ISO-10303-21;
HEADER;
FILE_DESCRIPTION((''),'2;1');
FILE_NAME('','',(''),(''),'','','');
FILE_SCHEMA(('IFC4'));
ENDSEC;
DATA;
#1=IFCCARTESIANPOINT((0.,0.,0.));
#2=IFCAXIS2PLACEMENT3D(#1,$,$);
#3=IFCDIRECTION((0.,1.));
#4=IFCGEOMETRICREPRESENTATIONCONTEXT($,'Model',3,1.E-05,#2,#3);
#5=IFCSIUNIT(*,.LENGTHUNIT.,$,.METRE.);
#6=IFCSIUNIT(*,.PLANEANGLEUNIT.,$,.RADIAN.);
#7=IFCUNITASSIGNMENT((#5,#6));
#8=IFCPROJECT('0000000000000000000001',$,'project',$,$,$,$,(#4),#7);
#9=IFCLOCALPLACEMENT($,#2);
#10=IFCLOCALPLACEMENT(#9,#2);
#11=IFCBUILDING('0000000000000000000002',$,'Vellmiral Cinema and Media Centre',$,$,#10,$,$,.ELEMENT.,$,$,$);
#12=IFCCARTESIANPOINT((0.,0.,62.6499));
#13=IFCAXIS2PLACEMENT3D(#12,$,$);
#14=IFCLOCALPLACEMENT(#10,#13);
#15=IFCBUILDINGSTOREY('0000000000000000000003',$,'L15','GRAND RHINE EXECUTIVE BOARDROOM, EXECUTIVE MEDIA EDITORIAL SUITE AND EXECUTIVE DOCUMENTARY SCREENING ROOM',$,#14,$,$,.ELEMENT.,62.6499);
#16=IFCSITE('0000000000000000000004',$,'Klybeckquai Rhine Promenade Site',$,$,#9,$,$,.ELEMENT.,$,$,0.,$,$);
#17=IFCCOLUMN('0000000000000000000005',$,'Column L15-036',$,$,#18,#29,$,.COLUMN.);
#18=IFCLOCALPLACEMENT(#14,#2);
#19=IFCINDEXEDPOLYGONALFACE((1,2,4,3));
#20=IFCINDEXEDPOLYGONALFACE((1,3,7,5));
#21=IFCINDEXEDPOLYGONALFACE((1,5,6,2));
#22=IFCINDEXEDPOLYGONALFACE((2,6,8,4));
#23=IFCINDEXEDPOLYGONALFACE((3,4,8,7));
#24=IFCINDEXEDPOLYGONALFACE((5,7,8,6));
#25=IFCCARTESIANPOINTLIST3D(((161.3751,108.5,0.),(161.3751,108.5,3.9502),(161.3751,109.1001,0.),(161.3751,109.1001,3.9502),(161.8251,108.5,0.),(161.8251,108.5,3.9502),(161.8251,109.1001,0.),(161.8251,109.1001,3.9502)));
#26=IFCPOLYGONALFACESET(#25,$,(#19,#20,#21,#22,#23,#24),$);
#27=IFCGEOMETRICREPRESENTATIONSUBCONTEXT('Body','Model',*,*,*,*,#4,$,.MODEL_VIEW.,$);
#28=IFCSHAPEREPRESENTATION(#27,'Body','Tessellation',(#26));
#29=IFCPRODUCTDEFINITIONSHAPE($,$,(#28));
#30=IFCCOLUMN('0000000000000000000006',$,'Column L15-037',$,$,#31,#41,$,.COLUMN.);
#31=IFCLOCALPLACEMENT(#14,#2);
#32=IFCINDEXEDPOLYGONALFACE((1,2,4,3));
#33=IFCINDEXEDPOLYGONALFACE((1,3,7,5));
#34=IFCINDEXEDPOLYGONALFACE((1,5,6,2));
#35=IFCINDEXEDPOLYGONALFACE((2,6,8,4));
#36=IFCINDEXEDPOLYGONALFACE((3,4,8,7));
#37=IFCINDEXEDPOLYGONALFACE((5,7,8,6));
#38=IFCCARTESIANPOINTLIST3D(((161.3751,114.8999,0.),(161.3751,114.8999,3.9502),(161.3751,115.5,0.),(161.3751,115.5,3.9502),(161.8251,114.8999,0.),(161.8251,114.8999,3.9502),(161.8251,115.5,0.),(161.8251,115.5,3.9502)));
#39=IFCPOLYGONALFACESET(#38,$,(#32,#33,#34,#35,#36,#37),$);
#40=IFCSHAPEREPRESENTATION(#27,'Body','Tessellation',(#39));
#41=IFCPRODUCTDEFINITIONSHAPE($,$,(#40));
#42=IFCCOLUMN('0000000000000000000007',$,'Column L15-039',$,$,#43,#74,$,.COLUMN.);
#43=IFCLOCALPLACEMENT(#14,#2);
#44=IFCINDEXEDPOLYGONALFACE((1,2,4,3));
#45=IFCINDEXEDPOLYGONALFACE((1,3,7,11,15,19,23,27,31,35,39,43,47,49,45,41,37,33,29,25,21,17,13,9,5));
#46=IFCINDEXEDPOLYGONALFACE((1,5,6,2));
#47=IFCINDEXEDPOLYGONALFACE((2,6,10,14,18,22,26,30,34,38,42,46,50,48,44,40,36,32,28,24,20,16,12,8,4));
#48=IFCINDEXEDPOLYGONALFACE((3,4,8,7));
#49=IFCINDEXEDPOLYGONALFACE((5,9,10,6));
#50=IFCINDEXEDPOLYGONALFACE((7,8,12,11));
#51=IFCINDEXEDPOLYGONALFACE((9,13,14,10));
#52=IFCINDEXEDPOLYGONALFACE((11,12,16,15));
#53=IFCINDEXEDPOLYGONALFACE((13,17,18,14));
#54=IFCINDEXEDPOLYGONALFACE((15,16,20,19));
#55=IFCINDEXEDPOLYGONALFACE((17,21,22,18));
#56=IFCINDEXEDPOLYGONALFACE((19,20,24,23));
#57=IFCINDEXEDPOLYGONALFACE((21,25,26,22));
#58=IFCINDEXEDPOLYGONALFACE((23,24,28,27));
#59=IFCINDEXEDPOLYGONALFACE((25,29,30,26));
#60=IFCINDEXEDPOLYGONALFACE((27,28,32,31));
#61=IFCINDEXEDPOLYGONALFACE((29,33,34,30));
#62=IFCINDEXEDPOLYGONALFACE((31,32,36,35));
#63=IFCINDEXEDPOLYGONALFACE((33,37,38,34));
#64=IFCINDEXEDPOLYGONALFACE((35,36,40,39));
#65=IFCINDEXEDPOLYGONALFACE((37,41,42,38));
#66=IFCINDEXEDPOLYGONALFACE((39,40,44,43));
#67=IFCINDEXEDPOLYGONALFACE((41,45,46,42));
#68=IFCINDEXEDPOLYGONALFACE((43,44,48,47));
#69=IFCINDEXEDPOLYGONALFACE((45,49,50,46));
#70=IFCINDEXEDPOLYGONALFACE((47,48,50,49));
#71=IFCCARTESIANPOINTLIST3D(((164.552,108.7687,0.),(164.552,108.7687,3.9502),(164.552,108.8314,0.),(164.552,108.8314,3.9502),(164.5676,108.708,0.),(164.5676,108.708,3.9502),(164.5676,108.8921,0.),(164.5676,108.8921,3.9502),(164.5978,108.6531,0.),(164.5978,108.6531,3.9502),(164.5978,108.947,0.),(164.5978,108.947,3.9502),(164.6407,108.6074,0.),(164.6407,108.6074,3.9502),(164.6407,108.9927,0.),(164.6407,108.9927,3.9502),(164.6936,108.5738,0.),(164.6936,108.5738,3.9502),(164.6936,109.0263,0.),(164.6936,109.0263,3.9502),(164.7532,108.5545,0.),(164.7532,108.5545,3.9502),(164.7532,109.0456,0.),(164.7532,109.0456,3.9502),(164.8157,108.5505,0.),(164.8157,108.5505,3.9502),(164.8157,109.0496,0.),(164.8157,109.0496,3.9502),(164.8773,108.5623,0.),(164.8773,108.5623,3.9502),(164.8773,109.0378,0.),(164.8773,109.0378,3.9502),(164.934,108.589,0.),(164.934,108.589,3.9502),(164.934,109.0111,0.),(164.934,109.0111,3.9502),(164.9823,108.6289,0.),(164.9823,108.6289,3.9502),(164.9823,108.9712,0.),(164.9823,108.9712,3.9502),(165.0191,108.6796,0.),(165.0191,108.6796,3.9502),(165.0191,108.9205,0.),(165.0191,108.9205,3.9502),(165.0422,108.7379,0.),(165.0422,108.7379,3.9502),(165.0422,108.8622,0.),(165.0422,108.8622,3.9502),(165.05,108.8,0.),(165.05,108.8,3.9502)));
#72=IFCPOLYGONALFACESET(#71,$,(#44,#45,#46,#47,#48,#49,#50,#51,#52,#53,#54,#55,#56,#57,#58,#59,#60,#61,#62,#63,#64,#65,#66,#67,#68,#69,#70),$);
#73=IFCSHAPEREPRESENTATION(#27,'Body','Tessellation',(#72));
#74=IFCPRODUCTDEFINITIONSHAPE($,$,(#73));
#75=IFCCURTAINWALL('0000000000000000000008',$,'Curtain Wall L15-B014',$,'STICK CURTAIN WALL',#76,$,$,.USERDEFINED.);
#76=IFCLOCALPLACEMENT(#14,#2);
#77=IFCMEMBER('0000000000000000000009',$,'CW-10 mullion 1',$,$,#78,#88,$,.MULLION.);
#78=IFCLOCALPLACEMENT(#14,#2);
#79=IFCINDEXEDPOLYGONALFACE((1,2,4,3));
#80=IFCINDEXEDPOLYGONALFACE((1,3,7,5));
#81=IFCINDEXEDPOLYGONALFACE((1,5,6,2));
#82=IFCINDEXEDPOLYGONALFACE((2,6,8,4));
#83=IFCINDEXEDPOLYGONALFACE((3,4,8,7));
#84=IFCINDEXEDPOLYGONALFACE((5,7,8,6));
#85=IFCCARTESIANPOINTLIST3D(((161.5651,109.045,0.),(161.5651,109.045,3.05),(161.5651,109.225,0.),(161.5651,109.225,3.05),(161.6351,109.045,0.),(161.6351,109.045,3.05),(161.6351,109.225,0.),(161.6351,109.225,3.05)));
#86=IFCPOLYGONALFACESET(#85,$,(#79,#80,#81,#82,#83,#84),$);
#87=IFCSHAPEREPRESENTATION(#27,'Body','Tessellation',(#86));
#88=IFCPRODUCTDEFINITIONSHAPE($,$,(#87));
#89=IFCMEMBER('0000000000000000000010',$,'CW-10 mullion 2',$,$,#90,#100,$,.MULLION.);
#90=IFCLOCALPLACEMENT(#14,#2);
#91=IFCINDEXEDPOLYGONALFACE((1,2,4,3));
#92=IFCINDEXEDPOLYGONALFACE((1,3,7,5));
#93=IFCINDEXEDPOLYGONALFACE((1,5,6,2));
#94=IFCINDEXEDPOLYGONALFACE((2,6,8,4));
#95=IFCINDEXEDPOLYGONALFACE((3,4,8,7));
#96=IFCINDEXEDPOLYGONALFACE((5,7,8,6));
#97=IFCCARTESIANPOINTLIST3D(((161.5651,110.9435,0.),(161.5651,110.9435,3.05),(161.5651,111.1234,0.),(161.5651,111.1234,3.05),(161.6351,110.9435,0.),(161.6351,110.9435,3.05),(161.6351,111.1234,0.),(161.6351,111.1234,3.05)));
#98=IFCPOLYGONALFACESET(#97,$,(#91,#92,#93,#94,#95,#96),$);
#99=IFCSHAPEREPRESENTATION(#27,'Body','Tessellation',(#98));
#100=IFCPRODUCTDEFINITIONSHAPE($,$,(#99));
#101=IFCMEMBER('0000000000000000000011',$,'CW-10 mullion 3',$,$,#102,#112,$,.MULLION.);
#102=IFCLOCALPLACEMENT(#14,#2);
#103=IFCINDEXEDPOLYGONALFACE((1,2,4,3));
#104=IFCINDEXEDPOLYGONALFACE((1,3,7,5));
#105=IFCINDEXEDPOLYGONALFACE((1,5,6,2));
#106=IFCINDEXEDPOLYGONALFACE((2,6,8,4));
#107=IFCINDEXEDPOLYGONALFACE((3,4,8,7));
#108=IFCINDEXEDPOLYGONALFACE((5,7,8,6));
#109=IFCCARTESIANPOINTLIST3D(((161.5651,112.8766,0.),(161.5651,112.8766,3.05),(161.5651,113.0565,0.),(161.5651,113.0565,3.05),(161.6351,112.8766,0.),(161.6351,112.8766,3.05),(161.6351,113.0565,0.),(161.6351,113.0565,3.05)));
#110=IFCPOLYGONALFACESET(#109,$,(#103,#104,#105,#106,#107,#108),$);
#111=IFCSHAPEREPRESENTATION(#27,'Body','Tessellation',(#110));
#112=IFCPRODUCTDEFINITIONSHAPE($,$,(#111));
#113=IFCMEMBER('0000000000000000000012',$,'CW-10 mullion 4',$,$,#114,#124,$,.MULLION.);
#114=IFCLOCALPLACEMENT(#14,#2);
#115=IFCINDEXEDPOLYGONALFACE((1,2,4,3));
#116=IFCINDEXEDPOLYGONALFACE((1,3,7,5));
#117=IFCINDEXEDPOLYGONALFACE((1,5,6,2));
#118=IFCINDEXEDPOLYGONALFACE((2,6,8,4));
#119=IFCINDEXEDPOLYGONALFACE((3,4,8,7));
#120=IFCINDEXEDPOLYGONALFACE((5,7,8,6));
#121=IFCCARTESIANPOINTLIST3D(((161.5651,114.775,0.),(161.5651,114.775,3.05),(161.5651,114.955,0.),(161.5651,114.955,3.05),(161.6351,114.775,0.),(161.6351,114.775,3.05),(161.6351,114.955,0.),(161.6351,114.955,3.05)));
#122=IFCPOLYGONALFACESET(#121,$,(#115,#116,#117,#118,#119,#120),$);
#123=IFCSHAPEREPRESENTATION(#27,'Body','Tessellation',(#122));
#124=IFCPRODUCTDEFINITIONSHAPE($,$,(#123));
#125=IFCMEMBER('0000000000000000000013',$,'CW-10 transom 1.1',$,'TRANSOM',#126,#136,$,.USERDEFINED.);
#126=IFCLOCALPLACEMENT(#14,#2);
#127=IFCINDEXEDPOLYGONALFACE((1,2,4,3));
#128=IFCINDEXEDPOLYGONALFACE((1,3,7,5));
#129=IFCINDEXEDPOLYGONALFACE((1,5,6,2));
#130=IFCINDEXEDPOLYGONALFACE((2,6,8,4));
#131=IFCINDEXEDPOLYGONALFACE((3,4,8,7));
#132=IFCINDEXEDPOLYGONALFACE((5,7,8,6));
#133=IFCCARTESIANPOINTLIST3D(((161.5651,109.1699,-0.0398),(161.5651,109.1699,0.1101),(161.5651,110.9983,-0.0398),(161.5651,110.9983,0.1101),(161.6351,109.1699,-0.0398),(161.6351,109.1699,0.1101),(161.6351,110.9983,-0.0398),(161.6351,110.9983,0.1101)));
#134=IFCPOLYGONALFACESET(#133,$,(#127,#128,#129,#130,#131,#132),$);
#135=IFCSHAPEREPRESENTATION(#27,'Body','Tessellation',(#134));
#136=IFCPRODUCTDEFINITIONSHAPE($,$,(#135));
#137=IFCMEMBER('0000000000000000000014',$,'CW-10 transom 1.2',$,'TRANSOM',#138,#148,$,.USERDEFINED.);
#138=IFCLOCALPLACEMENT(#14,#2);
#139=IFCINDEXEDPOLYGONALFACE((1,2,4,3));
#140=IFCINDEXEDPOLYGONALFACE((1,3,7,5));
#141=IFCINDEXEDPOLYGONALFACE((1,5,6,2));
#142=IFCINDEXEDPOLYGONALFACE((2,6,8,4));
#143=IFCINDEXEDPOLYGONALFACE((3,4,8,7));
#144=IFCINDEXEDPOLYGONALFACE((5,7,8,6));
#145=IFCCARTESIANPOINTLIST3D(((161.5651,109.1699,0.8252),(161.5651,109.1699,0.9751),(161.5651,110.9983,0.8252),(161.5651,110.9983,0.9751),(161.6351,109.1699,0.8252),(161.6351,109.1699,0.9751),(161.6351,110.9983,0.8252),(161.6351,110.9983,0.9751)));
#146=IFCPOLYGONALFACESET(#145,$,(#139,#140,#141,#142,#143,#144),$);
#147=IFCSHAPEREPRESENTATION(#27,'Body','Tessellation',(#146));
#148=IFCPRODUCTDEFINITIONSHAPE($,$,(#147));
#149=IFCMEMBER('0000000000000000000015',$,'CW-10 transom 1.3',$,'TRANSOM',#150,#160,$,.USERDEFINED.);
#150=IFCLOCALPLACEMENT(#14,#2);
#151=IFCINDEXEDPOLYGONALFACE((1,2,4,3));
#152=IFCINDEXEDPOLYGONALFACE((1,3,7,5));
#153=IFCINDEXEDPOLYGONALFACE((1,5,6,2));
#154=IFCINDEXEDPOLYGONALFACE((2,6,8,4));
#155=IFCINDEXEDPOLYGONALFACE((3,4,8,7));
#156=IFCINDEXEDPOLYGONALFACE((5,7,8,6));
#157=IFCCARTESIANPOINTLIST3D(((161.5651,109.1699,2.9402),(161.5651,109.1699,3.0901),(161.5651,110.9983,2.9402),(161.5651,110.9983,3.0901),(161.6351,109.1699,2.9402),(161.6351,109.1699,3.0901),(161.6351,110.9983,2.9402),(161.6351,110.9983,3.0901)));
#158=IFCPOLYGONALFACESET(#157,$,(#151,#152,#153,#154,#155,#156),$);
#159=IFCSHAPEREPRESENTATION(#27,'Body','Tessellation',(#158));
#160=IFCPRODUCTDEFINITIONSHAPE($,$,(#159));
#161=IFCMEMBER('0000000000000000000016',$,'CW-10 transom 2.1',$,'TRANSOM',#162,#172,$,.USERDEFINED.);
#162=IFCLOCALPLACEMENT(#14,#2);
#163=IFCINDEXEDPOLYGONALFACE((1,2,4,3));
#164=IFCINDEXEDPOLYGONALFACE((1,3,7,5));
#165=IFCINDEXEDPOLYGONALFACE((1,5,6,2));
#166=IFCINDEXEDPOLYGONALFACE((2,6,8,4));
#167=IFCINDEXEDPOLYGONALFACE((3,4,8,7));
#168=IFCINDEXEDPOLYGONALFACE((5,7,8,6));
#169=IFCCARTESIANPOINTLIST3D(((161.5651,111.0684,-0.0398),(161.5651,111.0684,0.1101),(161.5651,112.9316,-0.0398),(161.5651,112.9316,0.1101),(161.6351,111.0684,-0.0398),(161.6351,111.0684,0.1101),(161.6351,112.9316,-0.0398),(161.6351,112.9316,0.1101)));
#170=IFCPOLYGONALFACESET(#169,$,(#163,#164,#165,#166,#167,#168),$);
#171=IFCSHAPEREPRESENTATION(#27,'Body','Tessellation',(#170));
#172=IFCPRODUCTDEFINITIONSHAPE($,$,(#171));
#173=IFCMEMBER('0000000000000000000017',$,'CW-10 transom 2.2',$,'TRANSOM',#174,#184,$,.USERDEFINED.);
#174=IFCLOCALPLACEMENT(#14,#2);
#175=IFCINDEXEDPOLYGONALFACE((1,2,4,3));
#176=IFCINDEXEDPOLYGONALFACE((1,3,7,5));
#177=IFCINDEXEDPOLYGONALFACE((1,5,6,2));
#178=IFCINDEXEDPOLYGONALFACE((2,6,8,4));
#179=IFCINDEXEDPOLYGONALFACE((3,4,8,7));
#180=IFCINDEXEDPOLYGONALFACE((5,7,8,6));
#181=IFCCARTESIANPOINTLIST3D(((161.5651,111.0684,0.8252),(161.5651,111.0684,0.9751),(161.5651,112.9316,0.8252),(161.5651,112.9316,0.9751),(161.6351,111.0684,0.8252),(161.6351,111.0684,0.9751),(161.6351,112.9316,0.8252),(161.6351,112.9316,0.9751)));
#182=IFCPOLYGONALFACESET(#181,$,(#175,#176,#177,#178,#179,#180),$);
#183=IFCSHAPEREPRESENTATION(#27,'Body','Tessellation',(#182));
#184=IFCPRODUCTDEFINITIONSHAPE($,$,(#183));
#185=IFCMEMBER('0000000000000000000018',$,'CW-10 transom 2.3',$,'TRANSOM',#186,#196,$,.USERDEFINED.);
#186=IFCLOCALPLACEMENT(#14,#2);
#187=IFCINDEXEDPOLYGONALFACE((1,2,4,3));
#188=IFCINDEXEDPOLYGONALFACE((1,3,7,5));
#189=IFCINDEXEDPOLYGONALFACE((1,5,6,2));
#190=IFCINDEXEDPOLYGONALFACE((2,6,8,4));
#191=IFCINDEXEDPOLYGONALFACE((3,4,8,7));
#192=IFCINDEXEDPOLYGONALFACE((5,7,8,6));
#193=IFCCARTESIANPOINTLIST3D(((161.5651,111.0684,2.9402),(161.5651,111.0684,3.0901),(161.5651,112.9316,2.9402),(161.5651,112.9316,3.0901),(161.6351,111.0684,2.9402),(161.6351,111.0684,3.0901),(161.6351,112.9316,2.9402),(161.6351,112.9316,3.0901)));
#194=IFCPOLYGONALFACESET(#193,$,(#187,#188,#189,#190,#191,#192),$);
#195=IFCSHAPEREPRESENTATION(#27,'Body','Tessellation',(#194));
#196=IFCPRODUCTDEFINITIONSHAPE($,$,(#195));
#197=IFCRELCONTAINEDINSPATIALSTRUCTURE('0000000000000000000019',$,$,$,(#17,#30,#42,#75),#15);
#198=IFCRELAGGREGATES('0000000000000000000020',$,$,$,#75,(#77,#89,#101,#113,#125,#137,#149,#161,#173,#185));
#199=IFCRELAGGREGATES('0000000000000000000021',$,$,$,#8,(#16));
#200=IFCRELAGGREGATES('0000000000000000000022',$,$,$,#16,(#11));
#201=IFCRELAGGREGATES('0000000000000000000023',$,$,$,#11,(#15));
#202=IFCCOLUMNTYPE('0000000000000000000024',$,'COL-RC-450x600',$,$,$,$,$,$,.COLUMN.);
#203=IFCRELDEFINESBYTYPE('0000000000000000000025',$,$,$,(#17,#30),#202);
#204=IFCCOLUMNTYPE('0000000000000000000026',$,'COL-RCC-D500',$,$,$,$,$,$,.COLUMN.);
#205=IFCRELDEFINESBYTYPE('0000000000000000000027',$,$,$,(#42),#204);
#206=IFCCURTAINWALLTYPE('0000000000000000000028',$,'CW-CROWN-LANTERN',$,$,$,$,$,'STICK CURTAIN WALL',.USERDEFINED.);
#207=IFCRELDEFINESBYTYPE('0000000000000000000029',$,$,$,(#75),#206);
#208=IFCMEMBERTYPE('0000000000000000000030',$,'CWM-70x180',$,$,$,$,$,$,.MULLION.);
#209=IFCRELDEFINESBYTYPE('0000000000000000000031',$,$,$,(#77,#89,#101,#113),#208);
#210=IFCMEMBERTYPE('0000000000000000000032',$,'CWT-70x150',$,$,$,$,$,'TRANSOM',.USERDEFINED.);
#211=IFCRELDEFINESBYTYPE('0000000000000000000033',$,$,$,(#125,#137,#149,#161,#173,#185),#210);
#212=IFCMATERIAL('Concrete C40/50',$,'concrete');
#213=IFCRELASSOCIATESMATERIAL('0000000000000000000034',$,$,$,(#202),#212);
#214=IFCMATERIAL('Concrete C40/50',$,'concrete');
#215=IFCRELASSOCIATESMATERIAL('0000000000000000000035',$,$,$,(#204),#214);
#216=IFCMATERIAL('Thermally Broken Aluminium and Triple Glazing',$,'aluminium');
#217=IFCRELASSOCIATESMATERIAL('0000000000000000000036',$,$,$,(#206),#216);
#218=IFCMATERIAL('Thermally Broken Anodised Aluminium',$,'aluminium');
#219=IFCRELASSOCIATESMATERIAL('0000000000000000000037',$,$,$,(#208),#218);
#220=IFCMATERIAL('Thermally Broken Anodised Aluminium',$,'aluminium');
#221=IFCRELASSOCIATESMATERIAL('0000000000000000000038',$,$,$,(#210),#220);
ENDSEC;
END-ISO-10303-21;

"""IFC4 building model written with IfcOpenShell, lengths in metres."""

from ifc_helpers import new_model, si_unit, direction, frame, origin, origin_2d, place, context, subcontext, project, spatial, rectangle, circle, extrude, material, material_profile, profile_set, type_object, element, aggregate, save


model = new_model("IFC4")

# Units and contexts
model_context = context("Model", 3, precision=1e-05, world=origin(), true_north=direction((0.0, 1.0)))
body_context = subcontext(model_context, "Body", "Model", "MODEL_VIEW")
ifc_project = project(units=[si_unit("LENGTHUNIT", "METRE"), si_unit("PLANEANGLEUNIT", "RADIAN")], contexts=[model_context])

# Site, building, storey
site_placement = place(None, origin())
site = spatial("IfcSite", under=ifc_project, at=site_placement, Name="Klybeckquai Rhine Promenade Site", CompositionType="ELEMENT", RefElevation=0.0)
building_placement = place(site_placement, origin())
building = spatial("IfcBuilding", under=site, at=building_placement, Name="Vellmiral Cinema and Media Centre", CompositionType="ELEMENT")
storey_placement = place(building_placement, frame((0.0, 0.0, 62.6499)))
storey = spatial("IfcBuildingStorey", under=building, at=storey_placement, Name="L15", Description="GRAND RHINE EXECUTIVE BOARDROOM, EXECUTIVE MEDIA EDITORIAL SUITE AND EXECUTIVE DOCUMENTARY SCREENING ROOM", CompositionType="ELEMENT", Elevation=62.6499)

# Columns
ifc_material_1 = material(Name="Concrete C40/50", Category="concrete")
ifc_material_profile_1 = material_profile(ifc_material_1, rectangle(XDim=0.45, YDim=0.6001, at=origin_2d()), Name="RC 450x600")
ifc_profile_set_1 = profile_set([ifc_material_profile_1], Name="Concrete C40/50")
column_type_1 = type_object("IfcColumnType", Name="COL-RC-450x600", PredefinedType="COLUMN", material=ifc_profile_set_1)
for number, where, z_axis, x_axis, name in (
    (1, (161.6001, 108.8, 0.0), (0.0, 0.0, 1.0), (1.0, 0.0, 0.0), "Column L15-036"),
    (2, (161.6001, 115.2, 0.0), (0.0, 0.0, 1.0), (1.0, 0.0, 0.0), "Column L15-037"),
):
    element("IfcColumn", number, at=place(storey_placement, frame(where, z_axis=z_axis, x_axis=x_axis)), inside=storey, type_object=column_type_1, Name=name, PredefinedType="COLUMN", context=body_context, shape_type="SweptSolid", body=[
        extrude(rectangle(XDim=0.45, YDim=0.6001, at=origin_2d()), origin(), (0.0, 0.0, 1.0), 3.9502),
    ])
ifc_material_2 = material(Name="Concrete C40/50", Category="concrete")
ifc_material_profile_2 = material_profile(ifc_material_2, circle(Radius=0.25, at=origin_2d()), Name="RC D500")
ifc_profile_set_2 = profile_set([ifc_material_profile_2], Name="Concrete C40/50")
column_type_2 = type_object("IfcColumnType", Name="COL-RCC-D500", PredefinedType="COLUMN", material=ifc_profile_set_2)
column_placement = place(storey_placement, frame((164.8, 108.8, 0.0), z_axis=(0.0, 0.0, 1.0), x_axis=(1.0, 0.0, 0.0)))
element("IfcColumn", 3, at=column_placement, inside=storey, type_object=column_type_2, Name="Column L15-039", PredefinedType="COLUMN", context=body_context, shape_type="SweptSolid", body=[
    extrude(circle(Radius=0.25, at=origin_2d()), origin(), (0.0, 0.0, 1.0), 3.9502),
])

# Curtain wall, members
ifc_material_3 = material(Name="Thermally Broken Aluminium and Triple Glazing", Category="aluminium")
curtain_wall_type = type_object("IfcCurtainWallType", Name="CW-CROWN-LANTERN", ElementType="STICK CURTAIN WALL", PredefinedType="USERDEFINED", material=ifc_material_3)
curtain_wall_placement = place(storey_placement, origin())
curtain_wall = element("IfcCurtainWall", 4, at=curtain_wall_placement, inside=storey, type_object=curtain_wall_type, Name="Curtain Wall L15-B014", ObjectType="STICK CURTAIN WALL", PredefinedType="USERDEFINED")
ifc_material_4 = material(Name="Thermally Broken Anodised Aluminium", Category="aluminium")
ifc_material_profile_3 = material_profile(ifc_material_4, rectangle(XDim=0.0701, YDim=0.1799, at=origin_2d()), Name="MULL 70x180")
ifc_profile_set_3 = profile_set([ifc_material_profile_3], Name="Thermally Broken Anodised Aluminium")
member_type_1 = type_object("IfcMemberType", Name="CWM-70x180", PredefinedType="MULLION", material=ifc_profile_set_3)
member_1_placement = place(storey_placement, frame((161.6001, 109.135, 0.0), z_axis=(0.0, 0.0, 1.0), x_axis=(-1.0, 0.0, 0.0)))
member_1 = element("IfcMember", 5, at=member_1_placement, type_object=member_type_1, Name="CW-10 mullion 1", PredefinedType="MULLION", context=body_context, shape_type="SweptSolid", body=[
    extrude(rectangle(XDim=0.0701, YDim=0.1799, at=origin_2d()), origin(), (0.0, 0.0, 1.0), 3.05),
])
member_2_placement = place(storey_placement, frame((161.6001, 111.0334, 0.0), z_axis=(0.0, 0.0, 1.0), x_axis=(-1.0, 0.0, 0.0)))
member_2 = element("IfcMember", 6, at=member_2_placement, type_object=member_type_1, Name="CW-10 mullion 2", PredefinedType="MULLION", context=body_context, shape_type="SweptSolid", body=[
    extrude(rectangle(XDim=0.0701, YDim=0.1799, at=origin_2d()), origin(), (0.0, 0.0, 1.0), 3.05),
])
member_3_placement = place(storey_placement, frame((161.6001, 112.9666, 0.0), z_axis=(0.0, 0.0, 1.0), x_axis=(-1.0, 0.0, 0.0)))
member_3 = element("IfcMember", 7, at=member_3_placement, type_object=member_type_1, Name="CW-10 mullion 3", PredefinedType="MULLION", context=body_context, shape_type="SweptSolid", body=[
    extrude(rectangle(XDim=0.0701, YDim=0.1799, at=origin_2d()), origin(), (0.0, 0.0, 1.0), 3.05),
])
member_4_placement = place(storey_placement, frame((161.6001, 114.865, 0.0), z_axis=(0.0, 0.0, 1.0), x_axis=(-1.0, 0.0, 0.0)))
member_4 = element("IfcMember", 8, at=member_4_placement, type_object=member_type_1, Name="CW-10 mullion 4", PredefinedType="MULLION", context=body_context, shape_type="SweptSolid", body=[
    extrude(rectangle(XDim=0.0701, YDim=0.1799, at=origin_2d()), origin(), (0.0, 0.0, 1.0), 3.05),
])
ifc_material_5 = material(Name="Thermally Broken Anodised Aluminium", Category="aluminium")
ifc_material_profile_4 = material_profile(ifc_material_5, rectangle(XDim=0.0701, YDim=0.1499, at=origin_2d()), Name="MULL 70x150")
ifc_profile_set_4 = profile_set([ifc_material_profile_4], Name="Thermally Broken Anodised Aluminium")
member_type_2 = type_object("IfcMemberType", Name="CWT-70x150", ElementType="TRANSOM", PredefinedType="USERDEFINED", material=ifc_profile_set_4)
member_5_placement = place(storey_placement, frame((161.6001, 109.1699, 0.0352), z_axis=(0.0, 1.0, 0.0), x_axis=(-1.0, 0.0, 0.0)))
member_5 = element("IfcMember", 9, at=member_5_placement, type_object=member_type_2, Name="CW-10 transom 1.1", ObjectType="TRANSOM", PredefinedType="USERDEFINED", context=body_context, shape_type="SweptSolid", body=[
    extrude(rectangle(XDim=0.0701, YDim=0.1499, at=origin_2d()), origin(), (0.0, 0.0, 1.0), 1.8284),
])
member_6_placement = place(storey_placement, frame((161.6001, 109.1699, 0.9001), z_axis=(0.0, 1.0, 0.0), x_axis=(-1.0, 0.0, 0.0)))
member_6 = element("IfcMember", 10, at=member_6_placement, type_object=member_type_2, Name="CW-10 transom 1.2", ObjectType="TRANSOM", PredefinedType="USERDEFINED", context=body_context, shape_type="SweptSolid", body=[
    extrude(rectangle(XDim=0.0701, YDim=0.1499, at=origin_2d()), origin(), (0.0, 0.0, 1.0), 1.8284),
])
member_7_placement = place(storey_placement, frame((161.6001, 109.1699, 3.0151), z_axis=(0.0, 1.0, 0.0), x_axis=(-1.0, 0.0, 0.0)))
member_7 = element("IfcMember", 11, at=member_7_placement, type_object=member_type_2, Name="CW-10 transom 1.3", ObjectType="TRANSOM", PredefinedType="USERDEFINED", context=body_context, shape_type="SweptSolid", body=[
    extrude(rectangle(XDim=0.0701, YDim=0.1499, at=origin_2d()), origin(), (0.0, 0.0, 1.0), 1.8284),
])
member_8_placement = place(storey_placement, frame((161.6001, 111.0684, 0.0352), z_axis=(0.0, 1.0, 0.0), x_axis=(-1.0, 0.0, 0.0)))
member_8 = element("IfcMember", 12, at=member_8_placement, type_object=member_type_2, Name="CW-10 transom 2.1", ObjectType="TRANSOM", PredefinedType="USERDEFINED", context=body_context, shape_type="SweptSolid", body=[
    extrude(rectangle(XDim=0.0701, YDim=0.1499, at=origin_2d()), origin(), (0.0, 0.0, 1.0), 1.8633),
])
member_9_placement = place(storey_placement, frame((161.6001, 111.0684, 0.9001), z_axis=(0.0, 1.0, 0.0), x_axis=(-1.0, 0.0, 0.0)))
member_9 = element("IfcMember", 13, at=member_9_placement, type_object=member_type_2, Name="CW-10 transom 2.2", ObjectType="TRANSOM", PredefinedType="USERDEFINED", context=body_context, shape_type="SweptSolid", body=[
    extrude(rectangle(XDim=0.0701, YDim=0.1499, at=origin_2d()), origin(), (0.0, 0.0, 1.0), 1.8633),
])
member_10_placement = place(storey_placement, frame((161.6001, 111.0684, 3.0151), z_axis=(0.0, 1.0, 0.0), x_axis=(-1.0, 0.0, 0.0)))
member_10 = element("IfcMember", 14, at=member_10_placement, type_object=member_type_2, Name="CW-10 transom 2.3", ObjectType="TRANSOM", PredefinedType="USERDEFINED", context=body_context, shape_type="SweptSolid", body=[
    extrude(rectangle(XDim=0.0701, YDim=0.1499, at=origin_2d()), origin(), (0.0, 0.0, 1.0), 1.8633),
])

aggregate(curtain_wall, [member_1, member_2, member_3, member_4, member_5, member_6, member_7, member_8, member_9, member_10])

save(model, "model.ifc")
